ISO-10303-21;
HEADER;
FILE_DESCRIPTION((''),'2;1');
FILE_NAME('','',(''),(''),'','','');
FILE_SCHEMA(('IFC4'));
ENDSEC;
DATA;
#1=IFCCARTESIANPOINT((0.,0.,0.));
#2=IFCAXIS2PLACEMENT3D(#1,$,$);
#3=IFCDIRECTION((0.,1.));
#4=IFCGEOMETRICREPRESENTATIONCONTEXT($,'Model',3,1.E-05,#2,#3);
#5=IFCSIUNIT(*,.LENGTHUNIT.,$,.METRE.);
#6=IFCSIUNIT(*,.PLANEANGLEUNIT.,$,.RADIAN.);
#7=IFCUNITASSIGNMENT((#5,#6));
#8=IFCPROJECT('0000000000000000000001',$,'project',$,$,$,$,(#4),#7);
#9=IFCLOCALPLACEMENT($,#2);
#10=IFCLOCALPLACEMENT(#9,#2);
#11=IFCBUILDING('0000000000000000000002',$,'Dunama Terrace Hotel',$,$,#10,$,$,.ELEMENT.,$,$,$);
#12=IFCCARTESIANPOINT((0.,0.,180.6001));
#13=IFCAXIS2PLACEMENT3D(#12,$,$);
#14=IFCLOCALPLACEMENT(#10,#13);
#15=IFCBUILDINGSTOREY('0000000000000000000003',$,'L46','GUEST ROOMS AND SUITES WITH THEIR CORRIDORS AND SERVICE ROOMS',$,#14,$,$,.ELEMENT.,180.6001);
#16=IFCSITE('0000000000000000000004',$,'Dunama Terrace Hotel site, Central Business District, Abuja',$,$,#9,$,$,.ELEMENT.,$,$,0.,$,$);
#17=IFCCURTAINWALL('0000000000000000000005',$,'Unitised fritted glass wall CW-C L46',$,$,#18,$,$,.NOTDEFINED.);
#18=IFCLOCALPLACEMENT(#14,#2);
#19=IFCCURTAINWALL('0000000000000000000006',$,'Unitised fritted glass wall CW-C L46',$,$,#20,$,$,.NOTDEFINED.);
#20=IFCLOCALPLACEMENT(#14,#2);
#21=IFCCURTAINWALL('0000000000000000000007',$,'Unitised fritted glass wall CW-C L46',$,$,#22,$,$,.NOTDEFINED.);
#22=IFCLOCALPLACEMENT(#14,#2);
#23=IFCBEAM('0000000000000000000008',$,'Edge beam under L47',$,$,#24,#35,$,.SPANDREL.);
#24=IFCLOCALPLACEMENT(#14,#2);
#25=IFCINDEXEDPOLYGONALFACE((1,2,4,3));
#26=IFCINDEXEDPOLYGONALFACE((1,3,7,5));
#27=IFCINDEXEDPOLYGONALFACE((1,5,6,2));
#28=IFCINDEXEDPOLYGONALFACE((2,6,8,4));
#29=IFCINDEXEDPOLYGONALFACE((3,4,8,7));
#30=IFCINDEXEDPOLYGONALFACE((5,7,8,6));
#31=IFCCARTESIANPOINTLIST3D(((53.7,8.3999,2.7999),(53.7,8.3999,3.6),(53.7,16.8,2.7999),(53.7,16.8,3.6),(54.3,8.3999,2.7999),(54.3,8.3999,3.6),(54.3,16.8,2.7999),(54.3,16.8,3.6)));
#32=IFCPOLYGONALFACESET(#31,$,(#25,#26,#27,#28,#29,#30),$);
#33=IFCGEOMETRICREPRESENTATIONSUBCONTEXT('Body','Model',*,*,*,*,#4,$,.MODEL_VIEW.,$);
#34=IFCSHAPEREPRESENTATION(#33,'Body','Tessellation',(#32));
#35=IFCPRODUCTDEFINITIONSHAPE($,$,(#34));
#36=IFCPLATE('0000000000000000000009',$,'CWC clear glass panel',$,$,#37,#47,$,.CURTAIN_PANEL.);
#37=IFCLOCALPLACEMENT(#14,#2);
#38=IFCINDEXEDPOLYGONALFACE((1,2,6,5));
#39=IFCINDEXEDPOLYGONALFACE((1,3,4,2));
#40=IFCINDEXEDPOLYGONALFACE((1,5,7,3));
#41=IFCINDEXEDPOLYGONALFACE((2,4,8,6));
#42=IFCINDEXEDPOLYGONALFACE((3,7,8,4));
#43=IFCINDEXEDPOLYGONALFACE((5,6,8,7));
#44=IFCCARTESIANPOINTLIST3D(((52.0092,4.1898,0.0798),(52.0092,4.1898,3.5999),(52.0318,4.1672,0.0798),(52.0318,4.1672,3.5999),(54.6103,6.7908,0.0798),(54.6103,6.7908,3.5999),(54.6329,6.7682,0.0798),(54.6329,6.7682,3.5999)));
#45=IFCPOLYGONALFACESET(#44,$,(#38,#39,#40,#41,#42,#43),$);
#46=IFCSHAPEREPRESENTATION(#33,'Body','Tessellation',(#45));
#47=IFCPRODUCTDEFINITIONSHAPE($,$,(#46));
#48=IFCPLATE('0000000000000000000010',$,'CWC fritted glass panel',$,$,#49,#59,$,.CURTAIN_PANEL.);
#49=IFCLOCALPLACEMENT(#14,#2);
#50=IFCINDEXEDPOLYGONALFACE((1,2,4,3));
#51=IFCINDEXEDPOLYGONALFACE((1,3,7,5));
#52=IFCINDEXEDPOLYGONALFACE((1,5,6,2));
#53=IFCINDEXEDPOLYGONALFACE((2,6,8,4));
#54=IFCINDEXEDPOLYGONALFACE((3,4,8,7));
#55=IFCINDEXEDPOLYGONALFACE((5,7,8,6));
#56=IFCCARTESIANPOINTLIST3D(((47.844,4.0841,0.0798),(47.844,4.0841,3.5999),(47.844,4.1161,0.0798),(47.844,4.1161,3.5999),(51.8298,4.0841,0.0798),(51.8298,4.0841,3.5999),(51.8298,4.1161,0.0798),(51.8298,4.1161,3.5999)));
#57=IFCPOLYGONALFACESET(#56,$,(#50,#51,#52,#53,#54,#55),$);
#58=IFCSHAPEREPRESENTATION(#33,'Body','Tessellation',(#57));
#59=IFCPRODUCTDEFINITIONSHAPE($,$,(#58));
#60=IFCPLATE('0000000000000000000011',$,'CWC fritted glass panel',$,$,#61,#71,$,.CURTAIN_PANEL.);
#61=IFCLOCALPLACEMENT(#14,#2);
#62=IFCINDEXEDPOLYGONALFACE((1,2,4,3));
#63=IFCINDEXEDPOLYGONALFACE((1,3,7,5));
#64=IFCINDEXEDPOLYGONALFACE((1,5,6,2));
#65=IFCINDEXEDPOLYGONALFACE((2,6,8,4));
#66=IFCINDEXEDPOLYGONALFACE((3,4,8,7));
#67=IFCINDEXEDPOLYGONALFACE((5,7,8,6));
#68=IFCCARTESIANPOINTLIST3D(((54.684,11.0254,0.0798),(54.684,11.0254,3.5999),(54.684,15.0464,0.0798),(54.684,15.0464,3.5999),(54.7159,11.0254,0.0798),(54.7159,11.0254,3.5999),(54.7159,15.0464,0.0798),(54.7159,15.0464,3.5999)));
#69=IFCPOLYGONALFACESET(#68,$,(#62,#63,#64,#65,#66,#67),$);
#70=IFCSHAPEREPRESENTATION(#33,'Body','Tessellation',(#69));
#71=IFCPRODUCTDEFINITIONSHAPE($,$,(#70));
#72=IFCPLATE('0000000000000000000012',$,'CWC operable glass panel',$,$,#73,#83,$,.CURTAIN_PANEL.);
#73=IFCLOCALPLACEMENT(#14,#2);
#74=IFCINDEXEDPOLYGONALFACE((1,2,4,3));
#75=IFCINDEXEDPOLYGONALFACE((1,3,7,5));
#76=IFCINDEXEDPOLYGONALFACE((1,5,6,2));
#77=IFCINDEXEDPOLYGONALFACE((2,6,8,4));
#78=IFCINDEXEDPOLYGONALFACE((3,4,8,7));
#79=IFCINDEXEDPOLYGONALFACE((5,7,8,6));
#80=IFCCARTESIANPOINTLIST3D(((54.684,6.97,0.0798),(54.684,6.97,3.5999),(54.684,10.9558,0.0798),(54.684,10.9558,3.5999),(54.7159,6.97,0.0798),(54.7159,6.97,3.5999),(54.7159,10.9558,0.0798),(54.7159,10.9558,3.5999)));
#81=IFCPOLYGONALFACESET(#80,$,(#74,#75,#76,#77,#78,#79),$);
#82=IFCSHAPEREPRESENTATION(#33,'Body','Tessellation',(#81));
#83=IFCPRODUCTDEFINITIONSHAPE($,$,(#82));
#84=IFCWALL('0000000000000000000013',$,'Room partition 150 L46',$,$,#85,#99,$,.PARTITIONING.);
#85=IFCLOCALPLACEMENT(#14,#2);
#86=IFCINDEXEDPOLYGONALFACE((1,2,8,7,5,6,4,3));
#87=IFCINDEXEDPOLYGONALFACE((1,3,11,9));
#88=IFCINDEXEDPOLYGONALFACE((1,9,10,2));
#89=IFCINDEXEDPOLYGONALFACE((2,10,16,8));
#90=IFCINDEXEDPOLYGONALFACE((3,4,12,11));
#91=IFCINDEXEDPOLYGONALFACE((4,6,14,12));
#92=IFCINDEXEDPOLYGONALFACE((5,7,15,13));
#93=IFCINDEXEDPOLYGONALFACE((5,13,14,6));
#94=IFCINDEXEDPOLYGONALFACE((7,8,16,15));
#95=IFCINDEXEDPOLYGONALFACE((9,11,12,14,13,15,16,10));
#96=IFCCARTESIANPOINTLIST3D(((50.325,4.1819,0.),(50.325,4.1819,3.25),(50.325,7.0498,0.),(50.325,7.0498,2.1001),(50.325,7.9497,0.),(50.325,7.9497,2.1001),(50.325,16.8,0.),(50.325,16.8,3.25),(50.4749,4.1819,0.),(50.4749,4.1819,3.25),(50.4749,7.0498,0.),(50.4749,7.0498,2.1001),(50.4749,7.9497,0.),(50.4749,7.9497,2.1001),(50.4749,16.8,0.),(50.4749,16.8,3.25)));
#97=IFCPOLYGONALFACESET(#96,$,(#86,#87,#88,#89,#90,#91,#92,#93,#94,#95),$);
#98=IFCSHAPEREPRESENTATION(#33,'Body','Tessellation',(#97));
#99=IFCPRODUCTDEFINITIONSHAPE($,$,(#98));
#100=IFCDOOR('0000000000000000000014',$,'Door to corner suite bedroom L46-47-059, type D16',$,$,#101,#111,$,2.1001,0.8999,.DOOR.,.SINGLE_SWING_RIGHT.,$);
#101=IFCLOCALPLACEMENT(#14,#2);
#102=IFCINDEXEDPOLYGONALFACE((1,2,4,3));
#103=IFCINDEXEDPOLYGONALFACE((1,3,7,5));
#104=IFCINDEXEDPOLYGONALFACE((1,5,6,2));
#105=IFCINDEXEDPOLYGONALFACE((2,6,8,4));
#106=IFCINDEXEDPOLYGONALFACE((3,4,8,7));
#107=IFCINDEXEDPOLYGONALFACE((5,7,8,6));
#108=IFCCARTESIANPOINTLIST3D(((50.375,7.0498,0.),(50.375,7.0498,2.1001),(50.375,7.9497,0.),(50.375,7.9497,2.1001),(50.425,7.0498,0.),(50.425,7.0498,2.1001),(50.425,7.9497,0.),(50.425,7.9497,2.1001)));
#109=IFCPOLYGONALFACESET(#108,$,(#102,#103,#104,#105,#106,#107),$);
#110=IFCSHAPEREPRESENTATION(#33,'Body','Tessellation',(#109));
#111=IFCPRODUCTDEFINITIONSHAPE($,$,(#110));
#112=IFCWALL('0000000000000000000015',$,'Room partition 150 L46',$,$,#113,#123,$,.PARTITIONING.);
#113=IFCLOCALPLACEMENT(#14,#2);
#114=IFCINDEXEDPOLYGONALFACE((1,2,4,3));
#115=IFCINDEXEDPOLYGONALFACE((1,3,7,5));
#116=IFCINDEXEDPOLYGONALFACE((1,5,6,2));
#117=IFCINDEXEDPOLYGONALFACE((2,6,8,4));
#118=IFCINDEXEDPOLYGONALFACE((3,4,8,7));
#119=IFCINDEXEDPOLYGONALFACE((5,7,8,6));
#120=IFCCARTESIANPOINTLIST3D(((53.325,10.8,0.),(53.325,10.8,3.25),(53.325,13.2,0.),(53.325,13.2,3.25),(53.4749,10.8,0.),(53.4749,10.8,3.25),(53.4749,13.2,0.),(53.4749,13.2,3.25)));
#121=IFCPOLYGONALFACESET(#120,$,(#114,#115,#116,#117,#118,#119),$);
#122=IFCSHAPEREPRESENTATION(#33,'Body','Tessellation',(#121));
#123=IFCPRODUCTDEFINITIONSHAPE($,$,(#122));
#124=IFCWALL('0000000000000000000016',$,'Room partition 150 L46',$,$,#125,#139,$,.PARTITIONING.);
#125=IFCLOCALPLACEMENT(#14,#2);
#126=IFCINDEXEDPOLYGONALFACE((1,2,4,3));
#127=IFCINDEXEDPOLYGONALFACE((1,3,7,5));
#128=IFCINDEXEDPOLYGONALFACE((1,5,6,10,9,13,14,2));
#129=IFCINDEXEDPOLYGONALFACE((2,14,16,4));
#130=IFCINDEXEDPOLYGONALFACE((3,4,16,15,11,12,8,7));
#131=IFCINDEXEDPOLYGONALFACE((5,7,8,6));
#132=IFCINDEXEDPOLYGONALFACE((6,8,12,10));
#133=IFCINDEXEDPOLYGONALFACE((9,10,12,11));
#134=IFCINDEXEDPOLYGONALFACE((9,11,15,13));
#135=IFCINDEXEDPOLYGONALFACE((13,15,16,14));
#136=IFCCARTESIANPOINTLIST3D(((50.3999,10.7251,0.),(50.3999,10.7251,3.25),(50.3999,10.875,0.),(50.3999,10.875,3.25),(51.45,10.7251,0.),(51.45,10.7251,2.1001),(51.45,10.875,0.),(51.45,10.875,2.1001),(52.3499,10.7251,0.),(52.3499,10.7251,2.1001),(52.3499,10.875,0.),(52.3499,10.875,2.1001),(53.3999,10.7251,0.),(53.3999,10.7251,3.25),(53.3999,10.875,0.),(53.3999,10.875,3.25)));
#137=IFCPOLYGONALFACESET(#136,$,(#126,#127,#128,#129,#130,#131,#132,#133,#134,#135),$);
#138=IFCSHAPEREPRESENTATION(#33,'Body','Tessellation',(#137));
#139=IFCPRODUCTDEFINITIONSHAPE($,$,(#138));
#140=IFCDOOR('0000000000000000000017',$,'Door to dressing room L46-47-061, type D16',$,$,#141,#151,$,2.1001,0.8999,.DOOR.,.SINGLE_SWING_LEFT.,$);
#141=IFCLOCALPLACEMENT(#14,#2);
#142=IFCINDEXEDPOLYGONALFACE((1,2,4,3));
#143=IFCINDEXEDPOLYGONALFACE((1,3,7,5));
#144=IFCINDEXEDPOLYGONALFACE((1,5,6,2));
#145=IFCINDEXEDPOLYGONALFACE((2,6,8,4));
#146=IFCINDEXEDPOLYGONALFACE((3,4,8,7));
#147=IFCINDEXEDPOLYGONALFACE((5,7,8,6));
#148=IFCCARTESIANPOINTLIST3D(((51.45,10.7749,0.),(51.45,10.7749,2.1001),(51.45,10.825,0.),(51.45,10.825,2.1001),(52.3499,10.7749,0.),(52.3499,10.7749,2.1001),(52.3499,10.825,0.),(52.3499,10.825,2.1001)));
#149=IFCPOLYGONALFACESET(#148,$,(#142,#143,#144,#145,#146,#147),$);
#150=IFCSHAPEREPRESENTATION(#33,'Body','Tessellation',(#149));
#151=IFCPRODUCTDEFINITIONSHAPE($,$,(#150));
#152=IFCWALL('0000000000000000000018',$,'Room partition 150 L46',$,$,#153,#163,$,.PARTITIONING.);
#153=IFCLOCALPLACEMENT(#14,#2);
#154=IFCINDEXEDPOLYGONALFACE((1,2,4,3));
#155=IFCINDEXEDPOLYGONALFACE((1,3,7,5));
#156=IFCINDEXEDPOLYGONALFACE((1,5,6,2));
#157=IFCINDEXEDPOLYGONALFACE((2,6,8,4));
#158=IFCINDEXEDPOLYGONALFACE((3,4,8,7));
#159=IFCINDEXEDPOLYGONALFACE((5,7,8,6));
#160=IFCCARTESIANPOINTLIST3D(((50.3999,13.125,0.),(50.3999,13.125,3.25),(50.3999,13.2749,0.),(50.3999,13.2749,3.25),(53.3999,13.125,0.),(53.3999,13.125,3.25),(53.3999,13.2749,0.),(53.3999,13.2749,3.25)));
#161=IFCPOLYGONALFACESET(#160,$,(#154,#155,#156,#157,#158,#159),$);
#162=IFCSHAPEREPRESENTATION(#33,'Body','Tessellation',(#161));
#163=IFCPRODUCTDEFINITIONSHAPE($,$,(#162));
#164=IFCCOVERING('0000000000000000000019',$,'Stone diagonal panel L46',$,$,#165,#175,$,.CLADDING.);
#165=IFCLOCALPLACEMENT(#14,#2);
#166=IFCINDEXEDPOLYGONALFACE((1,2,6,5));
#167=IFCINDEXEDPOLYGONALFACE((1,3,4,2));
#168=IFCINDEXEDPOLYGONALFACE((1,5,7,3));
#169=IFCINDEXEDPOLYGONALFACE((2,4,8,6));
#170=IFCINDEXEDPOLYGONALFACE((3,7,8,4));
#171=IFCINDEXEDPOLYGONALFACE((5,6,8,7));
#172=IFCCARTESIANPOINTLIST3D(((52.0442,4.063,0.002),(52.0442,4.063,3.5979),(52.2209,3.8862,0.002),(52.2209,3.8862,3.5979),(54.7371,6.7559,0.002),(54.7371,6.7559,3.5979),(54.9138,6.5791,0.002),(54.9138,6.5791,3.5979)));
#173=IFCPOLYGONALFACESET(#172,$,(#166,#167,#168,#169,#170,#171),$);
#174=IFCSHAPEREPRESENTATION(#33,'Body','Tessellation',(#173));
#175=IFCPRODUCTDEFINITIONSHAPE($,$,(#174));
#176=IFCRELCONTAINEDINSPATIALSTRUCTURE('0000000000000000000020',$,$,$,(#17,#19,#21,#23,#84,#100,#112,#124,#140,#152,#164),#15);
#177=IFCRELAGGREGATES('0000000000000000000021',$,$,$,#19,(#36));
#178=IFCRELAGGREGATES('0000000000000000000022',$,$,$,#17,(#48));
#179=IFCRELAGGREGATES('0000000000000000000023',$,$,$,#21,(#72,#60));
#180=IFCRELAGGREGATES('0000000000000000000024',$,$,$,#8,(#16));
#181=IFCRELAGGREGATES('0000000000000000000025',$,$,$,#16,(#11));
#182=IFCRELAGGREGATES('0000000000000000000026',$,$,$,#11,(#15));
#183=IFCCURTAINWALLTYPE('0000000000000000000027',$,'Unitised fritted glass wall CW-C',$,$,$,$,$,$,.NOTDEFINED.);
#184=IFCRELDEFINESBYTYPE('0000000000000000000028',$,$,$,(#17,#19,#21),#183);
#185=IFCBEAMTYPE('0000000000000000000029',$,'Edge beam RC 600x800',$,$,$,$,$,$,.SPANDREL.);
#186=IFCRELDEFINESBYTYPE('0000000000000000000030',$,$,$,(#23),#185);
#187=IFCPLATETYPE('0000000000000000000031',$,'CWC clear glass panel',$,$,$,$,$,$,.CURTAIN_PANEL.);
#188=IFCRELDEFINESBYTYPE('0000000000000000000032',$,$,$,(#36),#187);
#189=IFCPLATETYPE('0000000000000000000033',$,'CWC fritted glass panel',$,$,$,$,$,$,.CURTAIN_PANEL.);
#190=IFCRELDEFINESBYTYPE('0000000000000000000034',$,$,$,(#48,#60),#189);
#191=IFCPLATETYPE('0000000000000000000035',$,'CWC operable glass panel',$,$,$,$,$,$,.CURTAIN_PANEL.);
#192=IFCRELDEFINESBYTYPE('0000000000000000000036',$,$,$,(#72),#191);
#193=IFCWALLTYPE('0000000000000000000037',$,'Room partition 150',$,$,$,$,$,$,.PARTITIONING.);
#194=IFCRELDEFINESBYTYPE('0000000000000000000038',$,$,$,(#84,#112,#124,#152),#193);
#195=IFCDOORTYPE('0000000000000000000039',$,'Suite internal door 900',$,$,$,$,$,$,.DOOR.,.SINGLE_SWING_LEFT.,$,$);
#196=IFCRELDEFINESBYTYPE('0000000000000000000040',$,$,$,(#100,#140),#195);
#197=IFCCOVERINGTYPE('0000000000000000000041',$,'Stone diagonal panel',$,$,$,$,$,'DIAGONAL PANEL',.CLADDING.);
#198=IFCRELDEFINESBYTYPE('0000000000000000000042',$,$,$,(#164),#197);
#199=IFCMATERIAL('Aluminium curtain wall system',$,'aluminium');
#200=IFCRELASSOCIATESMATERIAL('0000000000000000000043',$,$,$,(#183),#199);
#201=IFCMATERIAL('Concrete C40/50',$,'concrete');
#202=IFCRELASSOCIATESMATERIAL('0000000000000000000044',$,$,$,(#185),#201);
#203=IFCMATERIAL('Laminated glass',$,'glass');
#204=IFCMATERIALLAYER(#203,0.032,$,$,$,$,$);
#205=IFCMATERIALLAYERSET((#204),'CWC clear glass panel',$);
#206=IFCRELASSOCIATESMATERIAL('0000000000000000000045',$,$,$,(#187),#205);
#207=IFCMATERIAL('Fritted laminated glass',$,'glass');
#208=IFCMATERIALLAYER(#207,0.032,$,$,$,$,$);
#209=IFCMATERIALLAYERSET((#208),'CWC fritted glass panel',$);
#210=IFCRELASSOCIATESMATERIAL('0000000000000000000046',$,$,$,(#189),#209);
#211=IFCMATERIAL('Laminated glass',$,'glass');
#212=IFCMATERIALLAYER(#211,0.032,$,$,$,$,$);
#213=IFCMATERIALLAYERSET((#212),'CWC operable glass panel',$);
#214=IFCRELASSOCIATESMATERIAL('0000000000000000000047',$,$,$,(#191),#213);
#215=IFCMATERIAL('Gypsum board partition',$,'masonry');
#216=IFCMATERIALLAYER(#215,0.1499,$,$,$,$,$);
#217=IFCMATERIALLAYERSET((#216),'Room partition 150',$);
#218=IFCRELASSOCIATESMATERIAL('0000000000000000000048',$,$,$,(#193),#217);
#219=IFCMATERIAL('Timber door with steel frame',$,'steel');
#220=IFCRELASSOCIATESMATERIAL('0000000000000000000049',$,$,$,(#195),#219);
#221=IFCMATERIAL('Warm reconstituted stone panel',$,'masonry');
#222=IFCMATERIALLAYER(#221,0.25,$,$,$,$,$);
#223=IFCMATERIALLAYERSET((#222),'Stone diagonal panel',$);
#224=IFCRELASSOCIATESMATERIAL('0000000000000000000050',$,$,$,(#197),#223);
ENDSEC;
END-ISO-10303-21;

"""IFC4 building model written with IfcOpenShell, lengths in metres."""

from ifc_helpers import new_model, si_unit, direction, frame, frame_2d, origin, origin_2d, place, context, subcontext, project, spatial, rectangle, extrude, material, layer, layer_set, material_profile, profile_set, type_object, element, fill, aggregate, save


model = new_model("IFC4")

# Units and contexts
model_context = context("Model", 3, precision=1e-05, world=origin(), true_north=direction((0.0, 1.0)))
body_context = subcontext(model_context, "Body", "Model", "MODEL_VIEW")
ifc_project = project(units=[si_unit("LENGTHUNIT", "METRE"), si_unit("PLANEANGLEUNIT", "RADIAN")], contexts=[model_context])

# Site, building, storey
site_placement = place(None, origin())
site = spatial("IfcSite", under=ifc_project, at=site_placement, Name="Dunama Terrace Hotel site, Central Business District, Abuja", CompositionType="ELEMENT", RefElevation=0.0)
building_placement = place(site_placement, origin())
building = spatial("IfcBuilding", under=site, at=building_placement, Name="Dunama Terrace Hotel", CompositionType="ELEMENT")
storey_placement = place(building_placement, frame((0.0, 0.0, 180.6001)))
storey = spatial("IfcBuildingStorey", under=building, at=storey_placement, Name="L46", Description="GUEST ROOMS AND SUITES WITH THEIR CORRIDORS AND SERVICE ROOMS", CompositionType="ELEMENT", Elevation=180.6001)

# Curtain walls
ifc_material_1 = material(Name="Aluminium curtain wall system", Category="aluminium")
curtain_wall_type = type_object("IfcCurtainWallType", Name="Unitised fritted glass wall CW-C", PredefinedType="NOTDEFINED", material=ifc_material_1)
curtain_wall_1_placement = place(storey_placement, origin())
curtain_wall_1 = element("IfcCurtainWall", 1, at=curtain_wall_1_placement, inside=storey, type_object=curtain_wall_type, Name="Unitised fritted glass wall CW-C L46", PredefinedType="NOTDEFINED")
curtain_wall_2_placement = place(storey_placement, origin())
curtain_wall_2 = element("IfcCurtainWall", 2, at=curtain_wall_2_placement, inside=storey, type_object=curtain_wall_type, Name="Unitised fritted glass wall CW-C L46", PredefinedType="NOTDEFINED")
curtain_wall_3_placement = place(storey_placement, origin())
curtain_wall_3 = element("IfcCurtainWall", 3, at=curtain_wall_3_placement, inside=storey, type_object=curtain_wall_type, Name="Unitised fritted glass wall CW-C L46", PredefinedType="NOTDEFINED")

# Beam
ifc_material_2 = material(Name="Concrete C40/50", Category="concrete")
ifc_material_profile_1 = material_profile(ifc_material_2, rectangle(XDim=0.6001, YDim=0.8, at=origin_2d()), Name="RC 600x800")
ifc_profile_set_1 = profile_set([ifc_material_profile_1], Name="Concrete C40/50")
beam_type_1 = type_object("IfcBeamType", Name="Edge beam RC 600x800", PredefinedType="SPANDREL", material=ifc_profile_set_1)
beam_1_placement = place(storey_placement, frame((54.0, 8.3999, 3.2), z_axis=(0.0, 1.0, 0.0), x_axis=(-1.0, 0.0, 0.0)))
element("IfcBeam", 4, at=beam_1_placement, inside=storey, type_object=beam_type_1, Name="Edge beam under L47", PredefinedType="SPANDREL", context=body_context, shape_type="SweptSolid", body=[
    extrude(rectangle(XDim=0.6001, YDim=0.8, at=origin_2d()), origin(), (0.0, 0.0, 1.0), 8.4001),
])

# Plates
ifc_material_3 = material(Name="Laminated glass", Category="glass")
ifc_layer_1 = layer(ifc_material_3, 0.032)
ifc_layer_set_1 = layer_set([ifc_layer_1], Name="CWC clear glass panel")
plate_type_1 = type_object("IfcPlateType", Name="CWC clear glass panel", PredefinedType="CURTAIN_PANEL", material=ifc_layer_set_1)
plate_1_placement = place(storey_placement, frame((53.321, 5.479, 0.0798), z_axis=(0.0, 0.0, 1.0), x_axis=(0.707107, 0.707107, 0.0)))
plate_1 = element("IfcPlate", 5, at=plate_1_placement, type_object=plate_type_1, Name="CWC clear glass panel", PredefinedType="CURTAIN_PANEL", context=body_context, shape_type="SweptSolid", body=[
    extrude(rectangle(XDim=3.6785, YDim=0.032, at=origin_2d()), origin(), (0.0, 0.0, 1.0), 3.52),
])
aggregate(curtain_wall_2, [plate_1])
ifc_material_4 = material(Name="Fritted laminated glass", Category="glass")
ifc_layer_2 = layer(ifc_material_4, 0.032)
ifc_layer_set_2 = layer_set([ifc_layer_2], Name="CWC fritted glass panel")
plate_type_2 = type_object("IfcPlateType", Name="CWC fritted glass panel", PredefinedType="CURTAIN_PANEL", material=ifc_layer_set_2)
plate_2_placement = place(storey_placement, frame((49.8369, 4.1001, 0.0798), z_axis=(0.0, 0.0, 1.0), x_axis=(1.0, 0.0, 0.0)))
plate_2 = element("IfcPlate", 6, at=plate_2_placement, type_object=plate_type_2, Name="CWC fritted glass panel", PredefinedType="CURTAIN_PANEL", context=body_context, shape_type="SweptSolid", body=[
    extrude(rectangle(XDim=3.9858, YDim=0.032, at=origin_2d()), origin(), (0.0, 0.0, 1.0), 3.52),
])
aggregate(curtain_wall_1, [plate_2])
plate_3_placement = place(storey_placement, frame((54.7, 13.0359, 0.0798), z_axis=(0.0, 0.0, 1.0), x_axis=(0.0, 1.0, 0.0)))
plate_3 = element("IfcPlate", 7, at=plate_3_placement, type_object=plate_type_2, Name="CWC fritted glass panel", PredefinedType="CURTAIN_PANEL", context=body_context, shape_type="SweptSolid", body=[
    extrude(rectangle(XDim=4.021, YDim=0.032, at=origin_2d()), origin(), (0.0, 0.0, 1.0), 3.52),
])
ifc_material_5 = material(Name="Laminated glass", Category="glass")
ifc_layer_3 = layer(ifc_material_5, 0.032)
ifc_layer_set_3 = layer_set([ifc_layer_3], Name="CWC operable glass panel")
plate_type_3 = type_object("IfcPlateType", Name="CWC operable glass panel", PredefinedType="CURTAIN_PANEL", material=ifc_layer_set_3)
plate_4_placement = place(storey_placement, frame((54.7, 8.9629, 0.0798), z_axis=(0.0, 0.0, 1.0), x_axis=(0.0, 1.0, 0.0)))
plate_4 = element("IfcPlate", 8, at=plate_4_placement, type_object=plate_type_3, Name="CWC operable glass panel", PredefinedType="CURTAIN_PANEL", context=body_context, shape_type="SweptSolid", body=[
    extrude(rectangle(XDim=3.9858, YDim=0.032, at=origin_2d()), origin(), (0.0, 0.0, 1.0), 3.52),
])
aggregate(curtain_wall_3, [plate_4, plate_3])

# Wall, opening, door
ifc_material_6 = material(Name="Gypsum board partition", Category="masonry")
ifc_layer_4 = layer(ifc_material_6, 0.1499)
ifc_layer_set_4 = layer_set([ifc_layer_4], Name="Room partition 150")
wall_type = type_object("IfcWallType", Name="Room partition 150", PredefinedType="PARTITIONING", material=ifc_layer_set_4)
wall_1_placement = place(storey_placement, frame((50.3999, 4.1819, 0.0), z_axis=(0.0, 0.0, 1.0), x_axis=(0.0, 1.0, 0.0)))
wall_1 = element("IfcWall", 9, at=wall_1_placement, inside=storey, type_object=wall_type, Name="Room partition 150 L46", PredefinedType="PARTITIONING", context=body_context, shape_type="SweptSolid", body=[
    extrude(rectangle(XDim=12.6182, YDim=0.1499, at=frame_2d((6.3091, 0.0))), origin(), (0.0, 0.0, 1.0), 3.25),
])
opening_1_placement = place(wall_1_placement, frame((2.8679, 0.0, 0.0)))
opening_1 = element("IfcOpeningElement", 10, at=opening_1_placement, cuts=wall_1, PredefinedType="OPENING", context=body_context, shape_type="SweptSolid", body=[
    extrude(rectangle(XDim=0.8999, YDim=2.1001, at=frame_2d((0.45, 1.05))), frame((0.0, 0.085, 0.0), z_axis=(0.0, -1.0, 0.0), x_axis=(1.0, 0.0, 0.0)), (0.0, 0.0, 1.0), 0.1699),
])
ifc_material_7 = material(Name="Timber door with steel frame", Category="steel")
door_type = type_object("IfcDoorType", Name="Suite internal door 900", OperationType="SINGLE_SWING_LEFT", PredefinedType="DOOR", material=ifc_material_7)
door_1_placement = place(opening_1_placement, frame((0.8999, 0.0, 0.0), z_axis=(0.0, 0.0, 1.0), x_axis=(-1.0, 0.0, 0.0)))
door_1 = element("IfcDoor", 11, at=door_1_placement, inside=storey, type_object=door_type, Name="Door to corner suite bedroom L46-47-059, type D16", OperationType="SINGLE_SWING_RIGHT", OverallHeight=2.1001, OverallWidth=0.8999, PredefinedType="DOOR", context=body_context, shape_type="SweptSolid", body=[
    extrude(rectangle(XDim=0.8999, YDim=2.1001, at=frame_2d((0.45, 1.05))), frame((0.0, 0.0251, 0.0), z_axis=(0.0, -1.0, 0.0), x_axis=(1.0, 0.0, 0.0)), (0.0, 0.0, 1.0), 0.05),
])
fill(opening_1, door_1)

# Wall
wall_2_placement = place(storey_placement, frame((53.3999, 10.8, 0.0), z_axis=(0.0, 0.0, 1.0), x_axis=(0.0, 1.0, 0.0)))
element("IfcWall", 12, at=wall_2_placement, inside=storey, type_object=wall_type, Name="Room partition 150 L46", PredefinedType="PARTITIONING", context=body_context, shape_type="SweptSolid", body=[
    extrude(rectangle(XDim=2.3999, YDim=0.1499, at=frame_2d((1.2, 0.0))), origin(), (0.0, 0.0, 1.0), 3.25),
])

# Wall, opening, door
wall_3_placement = place(storey_placement, frame((50.3999, 10.8, 0.0), z_axis=(0.0, 0.0, 1.0), x_axis=(1.0, 0.0, 0.0)))
wall_3 = element("IfcWall", 13, at=wall_3_placement, inside=storey, type_object=wall_type, Name="Room partition 150 L46", PredefinedType="PARTITIONING", context=body_context, shape_type="SweptSolid", body=[
    extrude(rectangle(XDim=3.0, YDim=0.1499, at=frame_2d((1.5, 0.0))), origin(), (0.0, 0.0, 1.0), 3.25),
])
opening_2_placement = place(wall_3_placement, frame((1.05, 0.0, 0.0)))
opening_2 = element("IfcOpeningElement", 14, at=opening_2_placement, cuts=wall_3, PredefinedType="OPENING", context=body_context, shape_type="SweptSolid", body=[
    extrude(rectangle(XDim=0.8999, YDim=2.1001, at=frame_2d((0.45, 1.05))), frame((0.0, 0.085, 0.0), z_axis=(0.0, -1.0, 0.0), x_axis=(1.0, 0.0, 0.0)), (0.0, 0.0, 1.0), 0.1699),
])
door_2_placement = place(opening_2_placement, origin())
door_2 = element("IfcDoor", 15, at=door_2_placement, inside=storey, type_object=door_type, Name="Door to dressing room L46-47-061, type D16", OperationType="SINGLE_SWING_LEFT", OverallHeight=2.1001, OverallWidth=0.8999, PredefinedType="DOOR", context=body_context, shape_type="SweptSolid", body=[
    extrude(rectangle(XDim=0.8999, YDim=2.1001, at=frame_2d((0.45, 1.05))), frame((0.0, 0.0249, 0.0), z_axis=(0.0, -1.0, 0.0), x_axis=(1.0, 0.0, 0.0)), (0.0, 0.0, 1.0), 0.05),
])
fill(opening_2, door_2)

# Wall
wall_4_placement = place(storey_placement, frame((50.3999, 13.2, 0.0), z_axis=(0.0, 0.0, 1.0), x_axis=(1.0, 0.0, 0.0)))
element("IfcWall", 16, at=wall_4_placement, inside=storey, type_object=wall_type, Name="Room partition 150 L46", PredefinedType="PARTITIONING", context=body_context, shape_type="SweptSolid", body=[
    extrude(rectangle(XDim=3.0, YDim=0.1499, at=frame_2d((1.5, 0.0))), origin(), (0.0, 0.0, 1.0), 3.25),
])

# Covering
ifc_material_8 = material(Name="Warm reconstituted stone panel", Category="masonry")
ifc_layer_5 = layer(ifc_material_8, 0.25)
ifc_layer_set_5 = layer_set([ifc_layer_5], Name="Stone diagonal panel")
covering_type = type_object("IfcCoveringType", Name="Stone diagonal panel", ElementType="DIAGONAL PANEL", PredefinedType="CLADDING", material=ifc_layer_set_5)
covering_1_placement = place(storey_placement, frame((53.479, 5.321, 0.002), z_axis=(0.0, 0.0, 1.0), x_axis=(0.707107, 0.707107, 0.0)))
element("IfcCovering", 17, at=covering_1_placement, inside=storey, type_object=covering_type, Name="Stone diagonal panel L46", PredefinedType="CLADDING", context=body_context, shape_type="SweptSolid", body=[
    extrude(rectangle(XDim=3.8083, YDim=0.25, at=origin_2d()), origin(), (0.0, 0.0, 1.0), 3.5959),
])

save(model, "model.ifc")
